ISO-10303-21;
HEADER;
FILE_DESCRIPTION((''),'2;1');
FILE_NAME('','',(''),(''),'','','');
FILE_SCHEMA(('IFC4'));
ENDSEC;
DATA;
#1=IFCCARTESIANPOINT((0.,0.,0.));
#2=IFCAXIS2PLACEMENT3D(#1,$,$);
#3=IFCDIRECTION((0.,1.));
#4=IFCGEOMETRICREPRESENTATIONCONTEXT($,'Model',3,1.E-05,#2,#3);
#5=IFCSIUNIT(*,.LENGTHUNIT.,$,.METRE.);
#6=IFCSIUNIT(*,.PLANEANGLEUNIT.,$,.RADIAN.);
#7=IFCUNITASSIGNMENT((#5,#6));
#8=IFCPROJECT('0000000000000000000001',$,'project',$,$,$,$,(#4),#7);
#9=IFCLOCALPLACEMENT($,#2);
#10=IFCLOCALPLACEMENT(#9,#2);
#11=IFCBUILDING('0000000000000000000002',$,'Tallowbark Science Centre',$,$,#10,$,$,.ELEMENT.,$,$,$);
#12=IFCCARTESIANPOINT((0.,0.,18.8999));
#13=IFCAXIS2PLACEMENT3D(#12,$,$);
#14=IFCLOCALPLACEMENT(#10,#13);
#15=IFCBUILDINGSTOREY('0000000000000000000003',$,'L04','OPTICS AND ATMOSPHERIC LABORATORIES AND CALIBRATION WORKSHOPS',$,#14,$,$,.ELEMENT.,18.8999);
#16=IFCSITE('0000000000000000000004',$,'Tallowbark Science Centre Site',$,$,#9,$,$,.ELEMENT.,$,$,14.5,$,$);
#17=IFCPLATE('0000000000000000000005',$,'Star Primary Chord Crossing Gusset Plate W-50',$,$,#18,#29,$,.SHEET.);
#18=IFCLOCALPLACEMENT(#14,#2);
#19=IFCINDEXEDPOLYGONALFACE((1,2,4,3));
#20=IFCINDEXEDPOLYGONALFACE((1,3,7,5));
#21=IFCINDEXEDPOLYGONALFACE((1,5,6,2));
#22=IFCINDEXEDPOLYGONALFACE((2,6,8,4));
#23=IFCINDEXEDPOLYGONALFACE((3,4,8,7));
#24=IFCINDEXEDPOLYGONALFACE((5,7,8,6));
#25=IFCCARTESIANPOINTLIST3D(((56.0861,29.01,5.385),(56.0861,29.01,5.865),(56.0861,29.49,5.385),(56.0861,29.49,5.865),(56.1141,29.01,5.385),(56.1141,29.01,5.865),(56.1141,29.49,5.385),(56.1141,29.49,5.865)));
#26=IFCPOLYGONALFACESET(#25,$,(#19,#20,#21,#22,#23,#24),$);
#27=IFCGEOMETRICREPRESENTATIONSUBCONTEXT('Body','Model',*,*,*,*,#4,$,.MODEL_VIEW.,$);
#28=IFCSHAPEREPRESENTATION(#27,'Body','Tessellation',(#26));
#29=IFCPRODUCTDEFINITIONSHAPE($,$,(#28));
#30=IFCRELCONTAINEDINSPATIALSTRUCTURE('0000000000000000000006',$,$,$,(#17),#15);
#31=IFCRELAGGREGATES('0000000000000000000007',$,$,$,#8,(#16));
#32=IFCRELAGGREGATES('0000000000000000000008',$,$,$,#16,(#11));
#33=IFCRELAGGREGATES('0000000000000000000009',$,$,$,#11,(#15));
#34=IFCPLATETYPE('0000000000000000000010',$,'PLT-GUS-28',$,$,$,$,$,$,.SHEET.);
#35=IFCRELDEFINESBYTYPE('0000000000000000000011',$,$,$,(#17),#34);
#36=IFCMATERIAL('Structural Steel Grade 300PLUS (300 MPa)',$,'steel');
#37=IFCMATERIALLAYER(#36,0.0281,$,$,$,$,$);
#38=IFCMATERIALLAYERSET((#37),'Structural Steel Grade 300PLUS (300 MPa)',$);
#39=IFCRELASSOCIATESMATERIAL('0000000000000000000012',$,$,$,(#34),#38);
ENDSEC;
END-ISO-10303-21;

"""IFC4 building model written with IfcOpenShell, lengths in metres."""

from ifc_helpers import new_model, si_unit, direction, frame, origin, origin_2d, place, context, subcontext, project, spatial, rectangle, extrude, material, layer, layer_set, type_object, element, save


model = new_model("IFC4")

# Units and contexts
model_context = context("Model", 3, precision=1e-05, world=origin(), true_north=direction((0.0, 1.0)))
body_context = subcontext(model_context, "Body", "Model", "MODEL_VIEW")
ifc_project = project(units=[si_unit("LENGTHUNIT", "METRE"), si_unit("PLANEANGLEUNIT", "RADIAN")], contexts=[model_context])

# Site, building, storey
site_placement = place(None, origin())
site = spatial("IfcSite", under=ifc_project, at=site_placement, Name="Tallowbark Science Centre Site", CompositionType="ELEMENT", RefElevation=14.5)
building_placement = place(site_placement, origin())
building = spatial("IfcBuilding", under=site, at=building_placement, Name="Tallowbark Science Centre", CompositionType="ELEMENT")
storey_placement = place(building_placement, frame((0.0, 0.0, 18.8999)))
storey = spatial("IfcBuildingStorey", under=building, at=storey_placement, Name="L04", Description="OPTICS AND ATMOSPHERIC LABORATORIES AND CALIBRATION WORKSHOPS", CompositionType="ELEMENT", Elevation=18.8999)

# Plate
ifc_material_1 = material(Name="Structural Steel Grade 300PLUS (300 MPa)", Category="steel")
ifc_layer_1 = layer(ifc_material_1, 0.0281)
ifc_layer_set_1 = layer_set([ifc_layer_1], Name="Structural Steel Grade 300PLUS (300 MPa)")
plate_type_1 = type_object("IfcPlateType", Name="PLT-GUS-28", PredefinedType="SHEET", material=ifc_layer_set_1)
plate_1_placement = place(storey_placement, frame((56.1001, 29.25, 5.385), z_axis=(0.0, 0.0, 1.0), x_axis=(0.0, 1.0, 0.0)))
element("IfcPlate", 1, at=plate_1_placement, inside=storey, type_object=plate_type_1, Name="Star Primary Chord Crossing Gusset Plate W-50", PredefinedType="SHEET", context=body_context, shape_type="SweptSolid", body=[
    extrude(rectangle(XDim=0.48, YDim=0.0281, at=origin_2d()), origin(), (0.0, 0.0, 1.0), 0.48),
])

save(model, "model.ifc")
